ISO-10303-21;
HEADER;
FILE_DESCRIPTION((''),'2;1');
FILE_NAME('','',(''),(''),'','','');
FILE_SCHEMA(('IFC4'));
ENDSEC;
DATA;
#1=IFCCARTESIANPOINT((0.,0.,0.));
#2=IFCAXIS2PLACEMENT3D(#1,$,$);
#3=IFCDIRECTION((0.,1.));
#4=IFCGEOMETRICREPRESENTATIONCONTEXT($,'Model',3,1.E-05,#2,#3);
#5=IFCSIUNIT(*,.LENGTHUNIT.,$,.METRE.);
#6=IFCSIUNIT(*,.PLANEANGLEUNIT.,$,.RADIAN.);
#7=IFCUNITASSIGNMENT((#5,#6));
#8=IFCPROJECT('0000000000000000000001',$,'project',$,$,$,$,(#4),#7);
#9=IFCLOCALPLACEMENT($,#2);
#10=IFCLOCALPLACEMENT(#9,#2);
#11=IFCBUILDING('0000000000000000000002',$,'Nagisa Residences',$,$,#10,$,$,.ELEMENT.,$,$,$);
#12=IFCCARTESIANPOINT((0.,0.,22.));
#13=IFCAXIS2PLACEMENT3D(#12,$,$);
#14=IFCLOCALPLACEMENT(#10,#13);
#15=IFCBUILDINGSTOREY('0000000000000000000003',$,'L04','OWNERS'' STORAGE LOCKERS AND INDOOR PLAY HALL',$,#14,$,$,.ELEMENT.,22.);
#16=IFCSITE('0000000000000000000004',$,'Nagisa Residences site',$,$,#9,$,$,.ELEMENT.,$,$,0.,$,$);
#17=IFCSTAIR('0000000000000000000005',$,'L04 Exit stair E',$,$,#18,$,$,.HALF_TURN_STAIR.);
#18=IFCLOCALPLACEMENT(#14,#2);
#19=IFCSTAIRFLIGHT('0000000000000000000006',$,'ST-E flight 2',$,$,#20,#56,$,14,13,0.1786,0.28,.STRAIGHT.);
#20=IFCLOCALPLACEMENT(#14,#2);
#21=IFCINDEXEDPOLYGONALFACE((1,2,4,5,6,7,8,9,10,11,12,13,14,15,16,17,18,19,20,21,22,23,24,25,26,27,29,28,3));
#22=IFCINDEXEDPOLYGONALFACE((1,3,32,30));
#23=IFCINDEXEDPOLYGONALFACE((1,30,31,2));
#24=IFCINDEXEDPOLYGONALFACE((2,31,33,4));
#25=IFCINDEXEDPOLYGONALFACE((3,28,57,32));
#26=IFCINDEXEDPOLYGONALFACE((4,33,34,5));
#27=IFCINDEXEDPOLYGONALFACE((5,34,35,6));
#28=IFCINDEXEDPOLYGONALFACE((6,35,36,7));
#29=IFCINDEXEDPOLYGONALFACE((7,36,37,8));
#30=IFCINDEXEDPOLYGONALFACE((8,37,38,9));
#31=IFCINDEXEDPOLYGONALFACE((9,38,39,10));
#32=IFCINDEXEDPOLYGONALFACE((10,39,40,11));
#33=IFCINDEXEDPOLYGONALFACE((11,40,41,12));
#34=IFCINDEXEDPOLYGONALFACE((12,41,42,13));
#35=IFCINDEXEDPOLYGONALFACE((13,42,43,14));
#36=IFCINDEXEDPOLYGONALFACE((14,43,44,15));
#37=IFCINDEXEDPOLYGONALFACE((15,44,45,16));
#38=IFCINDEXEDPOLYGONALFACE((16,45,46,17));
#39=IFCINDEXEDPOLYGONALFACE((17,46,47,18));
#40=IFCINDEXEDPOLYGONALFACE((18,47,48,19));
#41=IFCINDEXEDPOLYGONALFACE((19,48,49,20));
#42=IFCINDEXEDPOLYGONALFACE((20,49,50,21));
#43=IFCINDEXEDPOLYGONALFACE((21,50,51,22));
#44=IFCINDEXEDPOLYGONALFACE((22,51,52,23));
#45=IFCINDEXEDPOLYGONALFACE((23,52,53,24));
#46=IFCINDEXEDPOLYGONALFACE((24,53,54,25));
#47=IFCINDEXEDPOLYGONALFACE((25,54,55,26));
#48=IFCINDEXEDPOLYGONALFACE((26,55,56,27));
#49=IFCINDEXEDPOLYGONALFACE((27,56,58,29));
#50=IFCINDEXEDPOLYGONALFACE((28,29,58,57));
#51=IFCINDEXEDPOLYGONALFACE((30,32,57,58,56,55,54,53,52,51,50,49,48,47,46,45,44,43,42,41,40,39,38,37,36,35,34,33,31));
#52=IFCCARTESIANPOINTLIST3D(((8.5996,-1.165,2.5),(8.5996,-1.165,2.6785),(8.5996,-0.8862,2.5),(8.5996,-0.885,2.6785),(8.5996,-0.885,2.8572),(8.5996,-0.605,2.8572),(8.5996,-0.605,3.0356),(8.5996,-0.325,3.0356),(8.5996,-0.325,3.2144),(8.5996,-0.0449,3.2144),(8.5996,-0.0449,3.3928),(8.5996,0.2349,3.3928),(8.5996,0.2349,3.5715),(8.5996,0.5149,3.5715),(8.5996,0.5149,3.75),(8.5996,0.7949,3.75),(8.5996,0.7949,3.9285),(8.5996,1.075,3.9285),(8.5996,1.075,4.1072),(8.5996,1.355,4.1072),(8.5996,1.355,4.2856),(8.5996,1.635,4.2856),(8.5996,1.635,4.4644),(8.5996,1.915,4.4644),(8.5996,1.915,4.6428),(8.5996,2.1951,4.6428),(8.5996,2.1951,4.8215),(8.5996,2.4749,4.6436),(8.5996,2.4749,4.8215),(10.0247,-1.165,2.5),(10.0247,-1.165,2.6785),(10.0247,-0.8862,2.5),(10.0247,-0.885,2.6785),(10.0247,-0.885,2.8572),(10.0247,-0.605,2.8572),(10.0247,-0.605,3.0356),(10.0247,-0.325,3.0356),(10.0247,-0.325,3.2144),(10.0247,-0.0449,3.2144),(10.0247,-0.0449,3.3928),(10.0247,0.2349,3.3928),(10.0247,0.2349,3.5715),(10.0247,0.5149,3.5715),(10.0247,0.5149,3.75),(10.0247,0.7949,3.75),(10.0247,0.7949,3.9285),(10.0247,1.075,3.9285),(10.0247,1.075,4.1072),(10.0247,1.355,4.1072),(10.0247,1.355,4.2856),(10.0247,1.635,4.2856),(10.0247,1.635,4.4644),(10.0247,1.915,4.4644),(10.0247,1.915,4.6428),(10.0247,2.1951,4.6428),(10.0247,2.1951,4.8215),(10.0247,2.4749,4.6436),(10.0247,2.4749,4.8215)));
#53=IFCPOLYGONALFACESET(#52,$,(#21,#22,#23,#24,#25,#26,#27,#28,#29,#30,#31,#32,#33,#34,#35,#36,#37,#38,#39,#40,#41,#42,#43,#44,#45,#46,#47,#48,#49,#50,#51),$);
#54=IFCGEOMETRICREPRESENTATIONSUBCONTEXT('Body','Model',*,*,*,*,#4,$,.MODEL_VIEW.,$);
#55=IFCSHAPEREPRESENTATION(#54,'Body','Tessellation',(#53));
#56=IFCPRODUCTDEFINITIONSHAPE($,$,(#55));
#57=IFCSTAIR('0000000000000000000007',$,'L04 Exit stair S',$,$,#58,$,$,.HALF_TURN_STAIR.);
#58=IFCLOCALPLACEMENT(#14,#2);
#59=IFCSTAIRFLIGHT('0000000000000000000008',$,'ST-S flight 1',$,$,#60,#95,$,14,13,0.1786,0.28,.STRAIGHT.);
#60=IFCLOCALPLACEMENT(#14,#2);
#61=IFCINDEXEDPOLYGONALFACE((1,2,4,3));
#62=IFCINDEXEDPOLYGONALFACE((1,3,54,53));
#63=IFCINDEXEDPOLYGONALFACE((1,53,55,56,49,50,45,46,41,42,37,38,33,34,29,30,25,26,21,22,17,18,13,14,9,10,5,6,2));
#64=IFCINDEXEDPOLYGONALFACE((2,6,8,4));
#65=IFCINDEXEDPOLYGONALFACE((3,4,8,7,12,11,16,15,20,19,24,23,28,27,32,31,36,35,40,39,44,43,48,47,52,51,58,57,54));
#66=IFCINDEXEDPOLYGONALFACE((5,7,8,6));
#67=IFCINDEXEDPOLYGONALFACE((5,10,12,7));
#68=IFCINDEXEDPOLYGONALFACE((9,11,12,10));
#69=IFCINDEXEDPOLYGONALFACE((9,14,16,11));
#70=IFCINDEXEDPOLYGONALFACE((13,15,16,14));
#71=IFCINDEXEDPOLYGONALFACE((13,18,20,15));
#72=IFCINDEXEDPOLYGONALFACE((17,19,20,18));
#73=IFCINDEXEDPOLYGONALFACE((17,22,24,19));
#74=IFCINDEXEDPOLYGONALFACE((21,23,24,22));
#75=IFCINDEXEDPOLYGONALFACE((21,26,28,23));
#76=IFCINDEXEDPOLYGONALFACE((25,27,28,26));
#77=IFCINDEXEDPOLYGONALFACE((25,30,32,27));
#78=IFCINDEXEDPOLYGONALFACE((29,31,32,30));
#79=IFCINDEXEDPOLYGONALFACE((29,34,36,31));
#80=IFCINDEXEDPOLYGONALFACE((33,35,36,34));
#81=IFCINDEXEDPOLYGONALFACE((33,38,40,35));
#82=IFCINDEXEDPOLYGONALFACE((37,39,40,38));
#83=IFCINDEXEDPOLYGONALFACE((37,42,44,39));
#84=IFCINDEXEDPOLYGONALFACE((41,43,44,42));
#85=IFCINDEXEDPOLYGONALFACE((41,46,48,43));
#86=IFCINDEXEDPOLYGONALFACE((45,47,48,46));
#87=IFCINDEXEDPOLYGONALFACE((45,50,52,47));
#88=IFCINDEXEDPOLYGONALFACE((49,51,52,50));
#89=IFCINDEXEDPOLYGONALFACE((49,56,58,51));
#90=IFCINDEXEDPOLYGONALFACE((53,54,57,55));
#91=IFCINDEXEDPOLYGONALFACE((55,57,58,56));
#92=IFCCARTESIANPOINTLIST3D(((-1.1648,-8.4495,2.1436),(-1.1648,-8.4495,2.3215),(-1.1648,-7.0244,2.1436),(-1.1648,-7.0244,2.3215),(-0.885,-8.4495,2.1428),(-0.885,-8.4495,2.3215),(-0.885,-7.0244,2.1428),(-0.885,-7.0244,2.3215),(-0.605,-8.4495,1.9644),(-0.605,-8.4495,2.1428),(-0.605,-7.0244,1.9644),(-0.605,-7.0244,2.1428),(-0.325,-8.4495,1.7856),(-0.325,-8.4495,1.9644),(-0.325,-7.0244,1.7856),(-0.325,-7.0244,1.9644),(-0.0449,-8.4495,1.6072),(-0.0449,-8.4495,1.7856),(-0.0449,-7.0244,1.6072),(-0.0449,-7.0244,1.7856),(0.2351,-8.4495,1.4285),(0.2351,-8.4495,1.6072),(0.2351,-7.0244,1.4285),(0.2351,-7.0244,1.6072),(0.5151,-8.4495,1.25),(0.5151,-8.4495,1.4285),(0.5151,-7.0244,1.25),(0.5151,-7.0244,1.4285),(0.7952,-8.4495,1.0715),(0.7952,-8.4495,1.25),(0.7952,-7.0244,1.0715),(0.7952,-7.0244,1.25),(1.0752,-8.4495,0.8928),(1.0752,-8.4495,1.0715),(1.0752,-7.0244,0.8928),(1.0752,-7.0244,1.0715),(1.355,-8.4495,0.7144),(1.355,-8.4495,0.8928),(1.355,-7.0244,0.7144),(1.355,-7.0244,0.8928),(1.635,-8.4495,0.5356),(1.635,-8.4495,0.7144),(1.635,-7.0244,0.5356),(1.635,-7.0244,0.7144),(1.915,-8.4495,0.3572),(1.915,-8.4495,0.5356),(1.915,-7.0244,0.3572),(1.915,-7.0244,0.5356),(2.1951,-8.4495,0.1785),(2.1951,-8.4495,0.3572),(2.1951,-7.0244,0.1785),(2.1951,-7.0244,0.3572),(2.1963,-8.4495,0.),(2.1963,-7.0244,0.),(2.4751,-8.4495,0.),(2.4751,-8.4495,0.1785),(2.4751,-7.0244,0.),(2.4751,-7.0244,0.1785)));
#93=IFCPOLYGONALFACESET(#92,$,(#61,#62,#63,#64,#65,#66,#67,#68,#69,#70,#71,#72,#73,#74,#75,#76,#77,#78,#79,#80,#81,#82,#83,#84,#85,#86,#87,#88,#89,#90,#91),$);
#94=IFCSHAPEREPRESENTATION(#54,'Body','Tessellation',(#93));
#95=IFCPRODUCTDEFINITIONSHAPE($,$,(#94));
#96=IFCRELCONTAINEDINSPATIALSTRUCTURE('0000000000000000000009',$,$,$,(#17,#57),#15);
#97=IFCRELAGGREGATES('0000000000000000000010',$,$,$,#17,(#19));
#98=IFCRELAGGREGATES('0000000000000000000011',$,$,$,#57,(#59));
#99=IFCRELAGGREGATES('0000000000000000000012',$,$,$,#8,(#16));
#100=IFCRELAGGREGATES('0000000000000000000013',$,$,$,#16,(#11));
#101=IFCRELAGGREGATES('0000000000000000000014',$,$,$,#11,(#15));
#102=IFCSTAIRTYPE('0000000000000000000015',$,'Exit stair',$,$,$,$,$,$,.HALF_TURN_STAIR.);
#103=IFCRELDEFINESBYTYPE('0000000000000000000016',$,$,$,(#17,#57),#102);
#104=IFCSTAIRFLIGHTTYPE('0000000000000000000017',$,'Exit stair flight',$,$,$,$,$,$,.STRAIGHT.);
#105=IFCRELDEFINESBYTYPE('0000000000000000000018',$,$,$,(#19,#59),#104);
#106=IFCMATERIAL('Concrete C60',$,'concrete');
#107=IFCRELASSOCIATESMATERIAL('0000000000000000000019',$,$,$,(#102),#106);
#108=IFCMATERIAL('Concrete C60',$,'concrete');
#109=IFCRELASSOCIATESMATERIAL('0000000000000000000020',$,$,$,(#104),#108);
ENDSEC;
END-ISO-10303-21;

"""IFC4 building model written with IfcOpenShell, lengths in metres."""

from ifc_helpers import new_model, si_unit, direction, frame, origin, place, context, subcontext, project, spatial, polyline, outline, extrude, material, type_object, element, aggregate, save


model = new_model("IFC4")

# Units and contexts
model_context = context("Model", 3, precision=1e-05, world=origin(), true_north=direction((0.0, 1.0)))
body_context = subcontext(model_context, "Body", "Model", "MODEL_VIEW")
ifc_project = project(units=[si_unit("LENGTHUNIT", "METRE"), si_unit("PLANEANGLEUNIT", "RADIAN")], contexts=[model_context])

# Site, building, storey
site_placement = place(None, origin())
site = spatial("IfcSite", under=ifc_project, at=site_placement, Name="Nagisa Residences site", CompositionType="ELEMENT", RefElevation=0.0)
building_placement = place(site_placement, origin())
building = spatial("IfcBuilding", under=site, at=building_placement, Name="Nagisa Residences", CompositionType="ELEMENT")
storey_placement = place(building_placement, frame((0.0, 0.0, 22.0)))
storey = spatial("IfcBuildingStorey", under=building, at=storey_placement, Name="L04", Description="OWNERS' STORAGE LOCKERS AND INDOOR PLAY HALL", CompositionType="ELEMENT", Elevation=22.0)

# Stairs, stair flights
ifc_material_1 = material(Name="Concrete C60", Category="concrete")
stair_type = type_object("IfcStairType", Name="Exit stair", PredefinedType="HALF_TURN_STAIR", material=ifc_material_1)
stair_1_placement = place(storey_placement, origin())
stair_1 = element("IfcStair", 1, at=stair_1_placement, inside=storey, type_object=stair_type, Name="L04 Exit stair E", PredefinedType="HALF_TURN_STAIR")
ifc_material_2 = material(Name="Concrete C60", Category="concrete")
stair_flight_type = type_object("IfcStairFlightType", Name="Exit stair flight", PredefinedType="STRAIGHT", material=ifc_material_2)
stair_flight_1_placement = place(storey_placement, frame((9.312, -1.165, 2.5), z_axis=(0.0, 0.0, 1.0), x_axis=(0.0, 1.0, 0.0)))
stair_flight_1 = element("IfcStairFlight", 2, at=stair_flight_1_placement, type_object=stair_flight_type, Name="ST-E flight 2", NumberOfRisers=14, NumberOfTreads=13, PredefinedType="STRAIGHT", RiserHeight=0.1786, TreadLength=0.28, context=body_context, shape_type="SweptSolid", body=[
    extrude(outline(polyline([(0.0, 0.0), (0.0, 0.1785), (0.28, 0.1785), (0.28, 0.3572), (0.5601, 0.3572), (0.5601, 0.5356), (0.8401, 0.5356), (0.8401, 0.7144), (1.1201, 0.7144), (1.1201, 0.8928), (1.3999, 0.8928), (1.3999, 1.0715), (1.6799, 1.0715), (1.6799, 1.25), (1.96, 1.25), (1.96, 1.4285), (2.24, 1.4285), (2.24, 1.6072), (2.52, 1.6072), (2.52, 1.7856), (2.8, 1.7856), (2.8, 1.9644), (3.0801, 1.9644), (3.0801, 2.1428), (3.3601, 2.1428), (3.3601, 2.3215), (3.6399, 2.3215), (3.6399, 2.5), (3.6399, 2.1436), (0.2788, 0.0), (0.0, 0.0)])), frame((0.0, 0.7124, 0.0), z_axis=(0.0, -1.0, 0.0), x_axis=(1.0, 0.0, 0.0)), (0.0, 0.0, 1.0), 1.425),
])
aggregate(stair_1, [stair_flight_1])
stair_2_placement = place(storey_placement, origin())
stair_2 = element("IfcStair", 3, at=stair_2_placement, inside=storey, type_object=stair_type, Name="L04 Exit stair S", PredefinedType="HALF_TURN_STAIR")
stair_flight_2_placement = place(storey_placement, frame((2.4751, -7.7371, 0.0), z_axis=(0.0, 0.0, 1.0), x_axis=(-1.0, 0.0, 0.0)))
stair_flight_2 = element("IfcStairFlight", 4, at=stair_flight_2_placement, type_object=stair_flight_type, Name="ST-S flight 1", NumberOfRisers=14, NumberOfTreads=13, PredefinedType="STRAIGHT", RiserHeight=0.1786, TreadLength=0.28, context=body_context, shape_type="SweptSolid", body=[
    extrude(outline(polyline([(0.0, 0.0), (0.0, 0.1785), (0.28, 0.1785), (0.28, 0.3572), (0.5601, 0.3572), (0.5601, 0.5356), (0.8401, 0.5356), (0.8401, 0.7144), (1.1201, 0.7144), (1.1201, 0.8928), (1.3999, 0.8928), (1.3999, 1.0715), (1.6799, 1.0715), (1.6799, 1.25), (1.96, 1.25), (1.96, 1.4285), (2.24, 1.4285), (2.24, 1.6072), (2.52, 1.6072), (2.52, 1.7856), (2.8, 1.7856), (2.8, 1.9644), (3.0801, 1.9644), (3.0801, 2.1428), (3.3601, 2.1428), (3.3601, 2.3215), (3.6399, 2.3215), (3.6399, 2.5), (3.6399, 2.1436), (0.2788, 0.0), (0.0, 0.0)])), frame((0.0, 0.7124, 0.0), z_axis=(0.0, -1.0, 0.0), x_axis=(1.0, 0.0, 0.0)), (0.0, 0.0, 1.0), 1.425),
])
aggregate(stair_2, [stair_flight_2])

save(model, "model.ifc")
